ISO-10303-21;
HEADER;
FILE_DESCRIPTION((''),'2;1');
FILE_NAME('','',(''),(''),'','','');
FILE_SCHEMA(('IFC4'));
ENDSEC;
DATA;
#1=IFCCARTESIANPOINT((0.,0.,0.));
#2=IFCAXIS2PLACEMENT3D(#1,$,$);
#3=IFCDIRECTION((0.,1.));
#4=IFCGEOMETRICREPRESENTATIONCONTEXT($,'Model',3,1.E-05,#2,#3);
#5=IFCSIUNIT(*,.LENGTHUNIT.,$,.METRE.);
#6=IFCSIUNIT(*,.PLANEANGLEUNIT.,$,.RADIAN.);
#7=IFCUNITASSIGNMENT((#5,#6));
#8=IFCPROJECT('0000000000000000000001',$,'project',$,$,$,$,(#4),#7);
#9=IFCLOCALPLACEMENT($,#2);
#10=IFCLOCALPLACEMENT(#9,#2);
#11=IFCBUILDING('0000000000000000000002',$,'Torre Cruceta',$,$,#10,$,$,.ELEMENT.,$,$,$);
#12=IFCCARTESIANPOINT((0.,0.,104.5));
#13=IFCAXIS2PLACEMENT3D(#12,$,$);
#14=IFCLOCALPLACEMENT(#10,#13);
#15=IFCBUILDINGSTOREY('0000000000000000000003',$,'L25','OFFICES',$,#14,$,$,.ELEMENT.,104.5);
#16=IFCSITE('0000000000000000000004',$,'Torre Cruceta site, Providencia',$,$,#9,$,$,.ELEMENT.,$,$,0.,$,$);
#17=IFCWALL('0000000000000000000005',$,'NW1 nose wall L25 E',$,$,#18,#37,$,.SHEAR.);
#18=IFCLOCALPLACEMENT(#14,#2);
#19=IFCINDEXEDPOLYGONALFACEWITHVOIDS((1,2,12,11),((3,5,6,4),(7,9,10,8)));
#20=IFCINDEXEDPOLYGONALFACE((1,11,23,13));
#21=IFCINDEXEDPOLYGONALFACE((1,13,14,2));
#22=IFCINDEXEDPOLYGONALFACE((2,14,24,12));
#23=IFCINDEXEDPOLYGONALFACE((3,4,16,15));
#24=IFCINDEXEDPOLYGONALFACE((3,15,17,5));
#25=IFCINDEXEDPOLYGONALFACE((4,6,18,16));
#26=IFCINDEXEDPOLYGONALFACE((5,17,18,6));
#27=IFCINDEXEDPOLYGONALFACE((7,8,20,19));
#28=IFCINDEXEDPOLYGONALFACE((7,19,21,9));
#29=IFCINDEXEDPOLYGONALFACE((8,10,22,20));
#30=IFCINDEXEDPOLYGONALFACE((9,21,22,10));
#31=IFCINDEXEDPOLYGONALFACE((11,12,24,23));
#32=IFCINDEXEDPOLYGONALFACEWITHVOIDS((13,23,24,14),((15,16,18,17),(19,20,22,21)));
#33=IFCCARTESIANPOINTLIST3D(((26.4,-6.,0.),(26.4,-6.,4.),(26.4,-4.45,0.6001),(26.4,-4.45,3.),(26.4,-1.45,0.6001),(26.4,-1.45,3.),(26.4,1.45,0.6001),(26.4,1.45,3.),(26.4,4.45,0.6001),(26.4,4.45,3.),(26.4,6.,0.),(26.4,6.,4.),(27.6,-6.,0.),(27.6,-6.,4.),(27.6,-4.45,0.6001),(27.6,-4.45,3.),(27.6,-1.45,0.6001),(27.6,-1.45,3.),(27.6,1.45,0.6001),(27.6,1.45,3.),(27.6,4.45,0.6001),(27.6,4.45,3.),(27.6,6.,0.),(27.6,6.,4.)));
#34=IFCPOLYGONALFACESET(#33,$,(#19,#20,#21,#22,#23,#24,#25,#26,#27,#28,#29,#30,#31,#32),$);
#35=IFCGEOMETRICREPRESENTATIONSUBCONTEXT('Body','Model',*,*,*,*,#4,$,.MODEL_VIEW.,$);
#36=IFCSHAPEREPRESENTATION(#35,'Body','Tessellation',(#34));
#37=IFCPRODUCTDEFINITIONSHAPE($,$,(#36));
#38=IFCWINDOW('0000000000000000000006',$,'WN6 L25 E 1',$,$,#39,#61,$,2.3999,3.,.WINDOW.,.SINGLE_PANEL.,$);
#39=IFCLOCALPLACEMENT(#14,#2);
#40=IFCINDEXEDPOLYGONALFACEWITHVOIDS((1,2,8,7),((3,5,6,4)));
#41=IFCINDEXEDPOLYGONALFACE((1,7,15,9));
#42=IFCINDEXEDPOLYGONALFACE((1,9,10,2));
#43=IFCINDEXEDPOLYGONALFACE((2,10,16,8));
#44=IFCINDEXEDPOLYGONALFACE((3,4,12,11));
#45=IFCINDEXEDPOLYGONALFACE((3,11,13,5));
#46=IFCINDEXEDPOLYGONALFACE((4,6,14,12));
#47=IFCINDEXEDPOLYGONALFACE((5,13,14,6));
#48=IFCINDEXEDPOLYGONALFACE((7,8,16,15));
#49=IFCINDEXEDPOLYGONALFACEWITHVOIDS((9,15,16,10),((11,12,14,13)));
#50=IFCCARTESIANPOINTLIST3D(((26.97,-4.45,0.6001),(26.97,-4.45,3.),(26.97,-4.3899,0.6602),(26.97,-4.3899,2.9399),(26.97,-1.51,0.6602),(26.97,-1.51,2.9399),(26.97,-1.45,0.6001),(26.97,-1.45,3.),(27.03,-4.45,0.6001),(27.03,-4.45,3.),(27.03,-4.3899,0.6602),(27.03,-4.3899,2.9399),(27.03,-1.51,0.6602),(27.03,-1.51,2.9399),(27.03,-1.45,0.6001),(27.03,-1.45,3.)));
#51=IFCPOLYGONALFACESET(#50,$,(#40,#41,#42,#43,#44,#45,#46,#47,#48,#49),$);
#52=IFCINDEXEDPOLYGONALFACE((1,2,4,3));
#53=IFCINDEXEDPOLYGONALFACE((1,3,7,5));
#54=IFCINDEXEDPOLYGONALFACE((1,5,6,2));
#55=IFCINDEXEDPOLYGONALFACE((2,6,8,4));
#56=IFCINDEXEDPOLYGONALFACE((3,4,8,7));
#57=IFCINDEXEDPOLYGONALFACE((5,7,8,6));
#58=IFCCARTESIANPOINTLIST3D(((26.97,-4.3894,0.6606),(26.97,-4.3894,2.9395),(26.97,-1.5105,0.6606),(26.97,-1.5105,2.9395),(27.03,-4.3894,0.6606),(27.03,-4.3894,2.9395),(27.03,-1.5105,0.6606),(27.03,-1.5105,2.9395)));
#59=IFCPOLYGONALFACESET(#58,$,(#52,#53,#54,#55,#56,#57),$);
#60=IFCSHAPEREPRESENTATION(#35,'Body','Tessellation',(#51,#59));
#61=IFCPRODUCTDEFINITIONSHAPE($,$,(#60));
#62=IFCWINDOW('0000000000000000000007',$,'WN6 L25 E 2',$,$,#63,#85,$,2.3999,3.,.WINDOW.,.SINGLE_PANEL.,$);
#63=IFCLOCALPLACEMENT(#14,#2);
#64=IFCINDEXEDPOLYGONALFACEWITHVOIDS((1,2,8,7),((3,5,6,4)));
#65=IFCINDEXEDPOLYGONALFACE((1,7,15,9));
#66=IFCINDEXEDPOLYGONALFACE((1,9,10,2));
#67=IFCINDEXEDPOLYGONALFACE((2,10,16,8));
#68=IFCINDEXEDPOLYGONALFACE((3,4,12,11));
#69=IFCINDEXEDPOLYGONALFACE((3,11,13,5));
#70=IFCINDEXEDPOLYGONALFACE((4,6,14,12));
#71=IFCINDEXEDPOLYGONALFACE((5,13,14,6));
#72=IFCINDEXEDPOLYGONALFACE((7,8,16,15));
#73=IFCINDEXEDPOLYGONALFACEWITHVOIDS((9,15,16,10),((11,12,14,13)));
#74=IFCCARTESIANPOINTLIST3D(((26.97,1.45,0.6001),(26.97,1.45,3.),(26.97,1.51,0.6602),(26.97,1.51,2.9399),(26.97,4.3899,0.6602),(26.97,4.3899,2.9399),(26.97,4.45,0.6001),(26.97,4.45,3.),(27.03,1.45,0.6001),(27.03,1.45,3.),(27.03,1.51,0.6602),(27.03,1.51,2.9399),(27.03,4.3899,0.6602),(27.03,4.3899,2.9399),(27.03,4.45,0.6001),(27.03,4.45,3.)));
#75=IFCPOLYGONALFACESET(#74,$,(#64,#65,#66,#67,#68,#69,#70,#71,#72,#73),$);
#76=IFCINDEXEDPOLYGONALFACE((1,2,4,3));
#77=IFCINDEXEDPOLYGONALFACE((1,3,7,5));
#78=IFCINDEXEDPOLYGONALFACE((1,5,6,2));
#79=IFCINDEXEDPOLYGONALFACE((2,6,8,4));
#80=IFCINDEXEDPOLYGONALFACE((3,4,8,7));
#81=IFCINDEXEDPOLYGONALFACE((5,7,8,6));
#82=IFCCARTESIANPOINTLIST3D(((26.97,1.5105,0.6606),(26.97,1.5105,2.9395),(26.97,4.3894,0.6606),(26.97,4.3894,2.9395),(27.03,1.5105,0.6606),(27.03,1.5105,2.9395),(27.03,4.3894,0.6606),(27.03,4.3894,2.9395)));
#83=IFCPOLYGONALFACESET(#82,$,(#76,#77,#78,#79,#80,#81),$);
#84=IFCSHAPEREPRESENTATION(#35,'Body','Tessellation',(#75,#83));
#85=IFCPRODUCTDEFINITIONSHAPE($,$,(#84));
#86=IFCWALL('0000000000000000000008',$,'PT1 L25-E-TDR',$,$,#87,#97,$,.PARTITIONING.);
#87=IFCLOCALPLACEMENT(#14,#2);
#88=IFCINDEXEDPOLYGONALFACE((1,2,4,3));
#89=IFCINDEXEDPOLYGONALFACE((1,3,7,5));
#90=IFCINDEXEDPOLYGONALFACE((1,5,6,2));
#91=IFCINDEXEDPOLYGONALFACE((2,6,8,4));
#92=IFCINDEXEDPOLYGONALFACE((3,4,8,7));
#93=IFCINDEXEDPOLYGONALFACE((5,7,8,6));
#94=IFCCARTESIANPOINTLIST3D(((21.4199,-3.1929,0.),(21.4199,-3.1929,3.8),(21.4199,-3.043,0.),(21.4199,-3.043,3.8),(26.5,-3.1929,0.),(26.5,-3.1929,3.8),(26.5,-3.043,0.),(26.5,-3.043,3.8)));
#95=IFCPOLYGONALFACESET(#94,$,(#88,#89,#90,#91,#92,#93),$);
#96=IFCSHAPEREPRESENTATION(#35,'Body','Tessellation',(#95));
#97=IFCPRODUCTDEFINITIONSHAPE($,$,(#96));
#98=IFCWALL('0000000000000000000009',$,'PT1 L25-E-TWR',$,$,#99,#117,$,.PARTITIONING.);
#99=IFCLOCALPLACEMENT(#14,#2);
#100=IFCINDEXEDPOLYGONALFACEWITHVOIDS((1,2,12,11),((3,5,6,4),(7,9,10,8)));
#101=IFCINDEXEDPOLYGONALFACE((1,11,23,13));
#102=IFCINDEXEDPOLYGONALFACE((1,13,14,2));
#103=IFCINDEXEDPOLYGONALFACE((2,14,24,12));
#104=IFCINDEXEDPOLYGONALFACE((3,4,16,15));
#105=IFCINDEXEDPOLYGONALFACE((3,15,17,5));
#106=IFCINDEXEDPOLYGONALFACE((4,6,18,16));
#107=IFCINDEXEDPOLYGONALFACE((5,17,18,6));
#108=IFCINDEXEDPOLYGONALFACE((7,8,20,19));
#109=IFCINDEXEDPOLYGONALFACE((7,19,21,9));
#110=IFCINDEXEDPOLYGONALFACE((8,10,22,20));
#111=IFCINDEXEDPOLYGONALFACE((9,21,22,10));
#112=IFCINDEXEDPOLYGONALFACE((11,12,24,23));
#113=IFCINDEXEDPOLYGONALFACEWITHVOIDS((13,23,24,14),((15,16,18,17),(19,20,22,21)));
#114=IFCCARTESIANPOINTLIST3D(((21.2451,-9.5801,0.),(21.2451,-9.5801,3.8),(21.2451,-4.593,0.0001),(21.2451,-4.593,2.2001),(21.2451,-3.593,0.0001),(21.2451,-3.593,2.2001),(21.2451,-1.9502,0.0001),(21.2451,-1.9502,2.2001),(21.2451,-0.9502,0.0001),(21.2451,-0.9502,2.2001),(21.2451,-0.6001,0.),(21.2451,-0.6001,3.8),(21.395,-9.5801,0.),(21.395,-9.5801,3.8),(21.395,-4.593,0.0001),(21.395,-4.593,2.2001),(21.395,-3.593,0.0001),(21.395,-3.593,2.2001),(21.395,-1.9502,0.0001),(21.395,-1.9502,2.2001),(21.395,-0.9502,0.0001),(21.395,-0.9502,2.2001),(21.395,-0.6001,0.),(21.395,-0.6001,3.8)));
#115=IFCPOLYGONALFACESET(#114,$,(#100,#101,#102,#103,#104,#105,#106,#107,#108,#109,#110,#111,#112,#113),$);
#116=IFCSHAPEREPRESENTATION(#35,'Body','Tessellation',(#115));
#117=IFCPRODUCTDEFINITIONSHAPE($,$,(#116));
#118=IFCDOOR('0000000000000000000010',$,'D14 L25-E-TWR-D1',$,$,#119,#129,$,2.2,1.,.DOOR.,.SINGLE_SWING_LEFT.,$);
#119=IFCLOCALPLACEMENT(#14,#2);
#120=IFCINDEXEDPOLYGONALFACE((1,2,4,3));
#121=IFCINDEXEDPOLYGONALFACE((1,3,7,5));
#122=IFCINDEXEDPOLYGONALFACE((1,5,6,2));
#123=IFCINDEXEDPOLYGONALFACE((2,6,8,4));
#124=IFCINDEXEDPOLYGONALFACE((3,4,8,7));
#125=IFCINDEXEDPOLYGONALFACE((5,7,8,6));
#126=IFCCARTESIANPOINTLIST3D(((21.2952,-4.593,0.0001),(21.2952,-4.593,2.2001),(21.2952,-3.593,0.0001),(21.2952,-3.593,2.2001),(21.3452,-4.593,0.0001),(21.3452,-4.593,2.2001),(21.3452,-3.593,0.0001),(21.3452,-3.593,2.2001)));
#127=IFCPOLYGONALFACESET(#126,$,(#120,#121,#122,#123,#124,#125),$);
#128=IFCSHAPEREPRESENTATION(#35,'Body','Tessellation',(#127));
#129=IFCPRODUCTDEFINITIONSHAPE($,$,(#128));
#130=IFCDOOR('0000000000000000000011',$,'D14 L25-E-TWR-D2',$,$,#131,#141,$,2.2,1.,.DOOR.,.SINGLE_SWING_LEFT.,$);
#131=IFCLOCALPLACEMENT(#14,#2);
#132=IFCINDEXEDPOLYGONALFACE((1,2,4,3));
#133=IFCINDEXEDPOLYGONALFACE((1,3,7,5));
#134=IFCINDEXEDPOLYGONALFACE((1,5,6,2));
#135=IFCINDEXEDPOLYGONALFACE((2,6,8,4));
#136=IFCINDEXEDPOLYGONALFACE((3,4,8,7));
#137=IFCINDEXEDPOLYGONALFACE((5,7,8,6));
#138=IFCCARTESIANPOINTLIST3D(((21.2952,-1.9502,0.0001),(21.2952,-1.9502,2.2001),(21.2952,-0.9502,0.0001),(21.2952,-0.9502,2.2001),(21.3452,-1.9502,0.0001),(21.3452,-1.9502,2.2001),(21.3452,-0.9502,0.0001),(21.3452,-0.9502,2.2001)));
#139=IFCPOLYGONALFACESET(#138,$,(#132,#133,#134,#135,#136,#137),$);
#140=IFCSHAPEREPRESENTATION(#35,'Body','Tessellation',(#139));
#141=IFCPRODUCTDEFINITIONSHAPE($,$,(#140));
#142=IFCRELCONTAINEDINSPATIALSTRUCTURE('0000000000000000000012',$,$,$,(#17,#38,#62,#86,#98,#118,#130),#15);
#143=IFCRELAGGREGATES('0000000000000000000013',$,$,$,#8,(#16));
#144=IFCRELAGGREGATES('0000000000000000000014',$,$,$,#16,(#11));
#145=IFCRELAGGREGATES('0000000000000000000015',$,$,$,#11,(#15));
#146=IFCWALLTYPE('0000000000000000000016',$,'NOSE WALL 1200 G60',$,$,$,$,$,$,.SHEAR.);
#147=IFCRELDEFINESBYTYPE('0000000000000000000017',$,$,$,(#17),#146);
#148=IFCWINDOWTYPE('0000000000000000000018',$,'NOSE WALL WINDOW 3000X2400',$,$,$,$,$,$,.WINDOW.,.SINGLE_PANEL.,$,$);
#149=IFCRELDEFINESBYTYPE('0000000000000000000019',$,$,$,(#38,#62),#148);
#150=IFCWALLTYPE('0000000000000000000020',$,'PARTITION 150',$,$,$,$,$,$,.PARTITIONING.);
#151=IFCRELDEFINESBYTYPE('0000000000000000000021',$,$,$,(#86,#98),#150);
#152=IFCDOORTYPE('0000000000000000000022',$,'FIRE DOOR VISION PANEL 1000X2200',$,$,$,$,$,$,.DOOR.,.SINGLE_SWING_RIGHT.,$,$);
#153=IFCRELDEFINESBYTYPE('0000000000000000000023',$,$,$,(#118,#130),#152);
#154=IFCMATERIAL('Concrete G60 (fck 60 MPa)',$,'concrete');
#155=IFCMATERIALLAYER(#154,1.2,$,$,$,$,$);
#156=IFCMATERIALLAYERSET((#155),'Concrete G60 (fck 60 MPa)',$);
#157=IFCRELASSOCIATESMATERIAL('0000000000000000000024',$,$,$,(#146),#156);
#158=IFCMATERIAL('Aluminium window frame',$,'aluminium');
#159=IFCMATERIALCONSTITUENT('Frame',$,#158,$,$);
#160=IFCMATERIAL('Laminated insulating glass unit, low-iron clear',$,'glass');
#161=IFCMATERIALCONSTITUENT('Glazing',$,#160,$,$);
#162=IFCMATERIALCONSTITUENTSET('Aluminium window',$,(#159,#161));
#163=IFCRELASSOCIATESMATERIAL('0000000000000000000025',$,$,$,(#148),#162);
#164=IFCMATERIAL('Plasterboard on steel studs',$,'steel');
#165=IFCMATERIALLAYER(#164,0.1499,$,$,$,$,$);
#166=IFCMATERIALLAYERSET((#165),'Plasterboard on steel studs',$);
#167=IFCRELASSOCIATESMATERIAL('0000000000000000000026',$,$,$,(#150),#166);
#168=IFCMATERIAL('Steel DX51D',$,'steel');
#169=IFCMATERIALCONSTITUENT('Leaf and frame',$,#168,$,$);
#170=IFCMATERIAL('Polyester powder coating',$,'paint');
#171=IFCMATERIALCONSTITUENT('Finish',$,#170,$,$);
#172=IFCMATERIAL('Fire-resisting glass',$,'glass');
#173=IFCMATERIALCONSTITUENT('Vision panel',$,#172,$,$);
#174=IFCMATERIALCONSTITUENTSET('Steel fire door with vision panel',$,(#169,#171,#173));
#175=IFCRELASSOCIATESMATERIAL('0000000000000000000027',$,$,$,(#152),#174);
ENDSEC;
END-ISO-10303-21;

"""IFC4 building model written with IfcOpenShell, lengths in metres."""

from ifc_helpers import new_model, si_unit, direction, frame, frame_2d, origin, place, context, subcontext, project, spatial, rectangle, hollow_rectangle, extrude, material, layer, layer_set, constituent, constituent_set, type_object, element, fill, save


model = new_model("IFC4")

# Units and contexts
model_context = context("Model", 3, precision=1e-05, world=origin(), true_north=direction((0.0, 1.0)))
body_context = subcontext(model_context, "Body", "Model", "MODEL_VIEW")
ifc_project = project(units=[si_unit("LENGTHUNIT", "METRE"), si_unit("PLANEANGLEUNIT", "RADIAN")], contexts=[model_context])

# Site, building, storey
site_placement = place(None, origin())
site = spatial("IfcSite", under=ifc_project, at=site_placement, Name="Torre Cruceta site, Providencia", CompositionType="ELEMENT", RefElevation=0.0)
building_placement = place(site_placement, origin())
building = spatial("IfcBuilding", under=site, at=building_placement, Name="Torre Cruceta", CompositionType="ELEMENT")
storey_placement = place(building_placement, frame((0.0, 0.0, 104.5)))
storey = spatial("IfcBuildingStorey", under=building, at=storey_placement, Name="L25", Description="OFFICES", CompositionType="ELEMENT", Elevation=104.5)

# Wall, openings, windows
ifc_material_1 = material(Name="Concrete G60 (fck 60 MPa)", Category="concrete")
ifc_layer_1 = layer(ifc_material_1, 1.2)
ifc_layer_set_1 = layer_set([ifc_layer_1], Name="Concrete G60 (fck 60 MPa)")
wall_type_1 = type_object("IfcWallType", Name="NOSE WALL 1200 G60", PredefinedType="SHEAR", material=ifc_layer_set_1)
wall_1_placement = place(storey_placement, frame((27.0, -6.0, 0.0), z_axis=(0.0, 0.0, 1.0), x_axis=(0.0, 1.0, 0.0)))
wall_1 = element("IfcWall", 1, at=wall_1_placement, inside=storey, type_object=wall_type_1, Name="NW1 nose wall L25 E", PredefinedType="SHEAR", context=body_context, shape_type="SweptSolid", body=[
    extrude(rectangle(XDim=12.0, YDim=1.2, at=frame_2d((6.0, 0.0))), origin(), (0.0, 0.0, 1.0), 4.0),
])
opening_1_placement = place(wall_1_placement, frame((1.55, 0.0, 0.6001)))
opening_1 = element("IfcOpeningElement", 2, at=opening_1_placement, cuts=wall_1, PredefinedType="OPENING", context=body_context, shape_type="SweptSolid", body=[
    extrude(rectangle(XDim=3.0, YDim=2.3999, at=frame_2d((1.5, 1.2))), frame((0.0, 0.6099, 0.0), z_axis=(0.0, -1.0, 0.0), x_axis=(1.0, 0.0, 0.0)), (0.0, 0.0, 1.0), 1.22),
])
opening_2_placement = place(wall_1_placement, frame((7.45, 0.0, 0.6001)))
opening_2 = element("IfcOpeningElement", 3, at=opening_2_placement, cuts=wall_1, PredefinedType="OPENING", context=body_context, shape_type="SweptSolid", body=[
    extrude(rectangle(XDim=3.0, YDim=2.3999, at=frame_2d((1.5, 1.2))), frame((0.0, 0.6099, 0.0), z_axis=(0.0, -1.0, 0.0), x_axis=(1.0, 0.0, 0.0)), (0.0, 0.0, 1.0), 1.22),
])
ifc_material_2 = material(Name="Aluminium window frame", Category="aluminium")
ifc_constituent_1 = constituent(ifc_material_2, Name="Frame")
ifc_material_3 = material(Name="Laminated insulating glass unit, low-iron clear", Category="glass")
ifc_constituent_2 = constituent(ifc_material_3, Name="Glazing")
ifc_constituent_set_1 = constituent_set(constituents=[ifc_constituent_1, ifc_constituent_2], Name="Aluminium window")
window_type_1 = type_object("IfcWindowType", Name="NOSE WALL WINDOW 3000X2400", PartitioningType="SINGLE_PANEL", PredefinedType="WINDOW", material=ifc_constituent_set_1)
window_1_placement = place(opening_1_placement, origin())
window_1 = element("IfcWindow", 4, at=window_1_placement, inside=storey, type_object=window_type_1, Name="WN6 L25 E 1", OverallHeight=2.3999, OverallWidth=3.0, PartitioningType="SINGLE_PANEL", PredefinedType="WINDOW", context=body_context, shape_type="SweptSolid", body=[
    extrude(hollow_rectangle(XDim=3.0, YDim=2.3999, WallThickness=0.0601, at=frame_2d((1.5, 1.2))), frame((0.0, 0.03, 0.0), z_axis=(0.0, -1.0, 0.0), x_axis=(1.0, 0.0, 0.0)), (0.0, 0.0, 1.0), 0.0601),
    extrude(rectangle(XDim=2.8789, YDim=2.2788, at=frame_2d((1.5, 1.2))), frame((0.0, 0.03, 0.0), z_axis=(0.0, -1.0, 0.0), x_axis=(1.0, 0.0, 0.0)), (0.0, 0.0, 1.0), 0.0601),
])
fill(opening_1, window_1)
window_2_placement = place(opening_2_placement, origin())
window_2 = element("IfcWindow", 5, at=window_2_placement, inside=storey, type_object=window_type_1, Name="WN6 L25 E 2", OverallHeight=2.3999, OverallWidth=3.0, PartitioningType="SINGLE_PANEL", PredefinedType="WINDOW", context=body_context, shape_type="SweptSolid", body=[
    extrude(hollow_rectangle(XDim=3.0, YDim=2.3999, WallThickness=0.0601, at=frame_2d((1.5, 1.2))), frame((0.0, 0.03, 0.0), z_axis=(0.0, -1.0, 0.0), x_axis=(1.0, 0.0, 0.0)), (0.0, 0.0, 1.0), 0.0601),
    extrude(rectangle(XDim=2.8789, YDim=2.2788, at=frame_2d((1.5, 1.2))), frame((0.0, 0.03, 0.0), z_axis=(0.0, -1.0, 0.0), x_axis=(1.0, 0.0, 0.0)), (0.0, 0.0, 1.0), 0.0601),
])
fill(opening_2, window_2)

# Wall
ifc_material_4 = material(Name="Plasterboard on steel studs", Category="steel")
ifc_layer_2 = layer(ifc_material_4, 0.1499)
ifc_layer_set_2 = layer_set([ifc_layer_2], Name="Plasterboard on steel studs")
wall_type_2 = type_object("IfcWallType", Name="PARTITION 150", PredefinedType="PARTITIONING", material=ifc_layer_set_2)
wall_2_placement = place(storey_placement, frame((21.4199, -3.1179, 0.0), z_axis=(0.0, 0.0, 1.0), x_axis=(1.0, 0.0, 0.0)))
element("IfcWall", 6, at=wall_2_placement, inside=storey, type_object=wall_type_2, Name="PT1 L25-E-TDR", PredefinedType="PARTITIONING", context=body_context, shape_type="SweptSolid", body=[
    extrude(rectangle(XDim=5.0801, YDim=0.1499, at=frame_2d((2.54, 0.0))), origin(), (0.0, 0.0, 1.0), 3.8),
])

# Wall, openings, doors
wall_3_placement = place(storey_placement, frame((21.3201, -9.5801, 0.0), z_axis=(0.0, 0.0, 1.0), x_axis=(0.0, 1.0, 0.0)))
wall_3 = element("IfcWall", 7, at=wall_3_placement, inside=storey, type_object=wall_type_2, Name="PT1 L25-E-TWR", PredefinedType="PARTITIONING", context=body_context, shape_type="SweptSolid", body=[
    extrude(rectangle(XDim=8.98, YDim=0.1499, at=frame_2d((4.49, 0.0))), origin(), (0.0, 0.0, 1.0), 3.8),
])
opening_3_placement = place(wall_3_placement, frame((4.9871, 0.0, 0.0)))
opening_3 = element("IfcOpeningElement", 8, at=opening_3_placement, cuts=wall_3, PredefinedType="OPENING", context=body_context, shape_type="SweptSolid", body=[
    extrude(rectangle(XDim=1.0, YDim=2.2, at=frame_2d((0.5, 1.1001))), frame((0.0, 0.085, 0.0), z_axis=(0.0, -1.0, 0.0), x_axis=(1.0, 0.0, 0.0)), (0.0, 0.0, 1.0), 0.1699),
])
opening_4_placement = place(wall_3_placement, frame((7.6299, 0.0, 0.0)))
opening_4 = element("IfcOpeningElement", 9, at=opening_4_placement, cuts=wall_3, PredefinedType="OPENING", context=body_context, shape_type="SweptSolid", body=[
    extrude(rectangle(XDim=1.0, YDim=2.2, at=frame_2d((0.5, 1.1001))), frame((0.0, 0.085, 0.0), z_axis=(0.0, -1.0, 0.0), x_axis=(1.0, 0.0, 0.0)), (0.0, 0.0, 1.0), 0.1699),
])
ifc_material_5 = material(Name="Steel DX51D", Category="steel")
ifc_constituent_3 = constituent(ifc_material_5, Name="Leaf and frame")
ifc_material_6 = material(Name="Polyester powder coating", Category="paint")
ifc_constituent_4 = constituent(ifc_material_6, Name="Finish")
ifc_material_7 = material(Name="Fire-resisting glass", Category="glass")
ifc_constituent_5 = constituent(ifc_material_7, Name="Vision panel")
ifc_constituent_set_2 = constituent_set(constituents=[ifc_constituent_3, ifc_constituent_4, ifc_constituent_5], Name="Steel fire door with vision panel")
door_type = type_object("IfcDoorType", Name="FIRE DOOR VISION PANEL 1000X2200", OperationType="SINGLE_SWING_RIGHT", PredefinedType="DOOR", material=ifc_constituent_set_2)
door_1_placement = place(opening_3_placement, frame((1.0, 0.0, 0.0), z_axis=(0.0, 0.0, 1.0), x_axis=(-1.0, 0.0, 0.0)))
door_1 = element("IfcDoor", 10, at=door_1_placement, inside=storey, type_object=door_type, Name="D14 L25-E-TWR-D1", OperationType="SINGLE_SWING_LEFT", OverallHeight=2.2, OverallWidth=1.0, PredefinedType="DOOR", context=body_context, shape_type="SweptSolid", body=[
    extrude(rectangle(XDim=1.0, YDim=2.2, at=frame_2d((0.5, 1.1001))), frame((0.0, 0.0251, 0.0), z_axis=(0.0, -1.0, 0.0), x_axis=(1.0, 0.0, 0.0)), (0.0, 0.0, 1.0), 0.05),
])
fill(opening_3, door_1)
door_2_placement = place(opening_4_placement, frame((1.0, 0.0, 0.0), z_axis=(0.0, 0.0, 1.0), x_axis=(-1.0, 0.0, 0.0)))
door_2 = element("IfcDoor", 11, at=door_2_placement, inside=storey, type_object=door_type, Name="D14 L25-E-TWR-D2", OperationType="SINGLE_SWING_LEFT", OverallHeight=2.2, OverallWidth=1.0, PredefinedType="DOOR", context=body_context, shape_type="SweptSolid", body=[
    extrude(rectangle(XDim=1.0, YDim=2.2, at=frame_2d((0.5, 1.1001))), frame((0.0, 0.0251, 0.0), z_axis=(0.0, -1.0, 0.0), x_axis=(1.0, 0.0, 0.0)), (0.0, 0.0, 1.0), 0.05),
])
fill(opening_4, door_2)

save(model, "model.ifc")
